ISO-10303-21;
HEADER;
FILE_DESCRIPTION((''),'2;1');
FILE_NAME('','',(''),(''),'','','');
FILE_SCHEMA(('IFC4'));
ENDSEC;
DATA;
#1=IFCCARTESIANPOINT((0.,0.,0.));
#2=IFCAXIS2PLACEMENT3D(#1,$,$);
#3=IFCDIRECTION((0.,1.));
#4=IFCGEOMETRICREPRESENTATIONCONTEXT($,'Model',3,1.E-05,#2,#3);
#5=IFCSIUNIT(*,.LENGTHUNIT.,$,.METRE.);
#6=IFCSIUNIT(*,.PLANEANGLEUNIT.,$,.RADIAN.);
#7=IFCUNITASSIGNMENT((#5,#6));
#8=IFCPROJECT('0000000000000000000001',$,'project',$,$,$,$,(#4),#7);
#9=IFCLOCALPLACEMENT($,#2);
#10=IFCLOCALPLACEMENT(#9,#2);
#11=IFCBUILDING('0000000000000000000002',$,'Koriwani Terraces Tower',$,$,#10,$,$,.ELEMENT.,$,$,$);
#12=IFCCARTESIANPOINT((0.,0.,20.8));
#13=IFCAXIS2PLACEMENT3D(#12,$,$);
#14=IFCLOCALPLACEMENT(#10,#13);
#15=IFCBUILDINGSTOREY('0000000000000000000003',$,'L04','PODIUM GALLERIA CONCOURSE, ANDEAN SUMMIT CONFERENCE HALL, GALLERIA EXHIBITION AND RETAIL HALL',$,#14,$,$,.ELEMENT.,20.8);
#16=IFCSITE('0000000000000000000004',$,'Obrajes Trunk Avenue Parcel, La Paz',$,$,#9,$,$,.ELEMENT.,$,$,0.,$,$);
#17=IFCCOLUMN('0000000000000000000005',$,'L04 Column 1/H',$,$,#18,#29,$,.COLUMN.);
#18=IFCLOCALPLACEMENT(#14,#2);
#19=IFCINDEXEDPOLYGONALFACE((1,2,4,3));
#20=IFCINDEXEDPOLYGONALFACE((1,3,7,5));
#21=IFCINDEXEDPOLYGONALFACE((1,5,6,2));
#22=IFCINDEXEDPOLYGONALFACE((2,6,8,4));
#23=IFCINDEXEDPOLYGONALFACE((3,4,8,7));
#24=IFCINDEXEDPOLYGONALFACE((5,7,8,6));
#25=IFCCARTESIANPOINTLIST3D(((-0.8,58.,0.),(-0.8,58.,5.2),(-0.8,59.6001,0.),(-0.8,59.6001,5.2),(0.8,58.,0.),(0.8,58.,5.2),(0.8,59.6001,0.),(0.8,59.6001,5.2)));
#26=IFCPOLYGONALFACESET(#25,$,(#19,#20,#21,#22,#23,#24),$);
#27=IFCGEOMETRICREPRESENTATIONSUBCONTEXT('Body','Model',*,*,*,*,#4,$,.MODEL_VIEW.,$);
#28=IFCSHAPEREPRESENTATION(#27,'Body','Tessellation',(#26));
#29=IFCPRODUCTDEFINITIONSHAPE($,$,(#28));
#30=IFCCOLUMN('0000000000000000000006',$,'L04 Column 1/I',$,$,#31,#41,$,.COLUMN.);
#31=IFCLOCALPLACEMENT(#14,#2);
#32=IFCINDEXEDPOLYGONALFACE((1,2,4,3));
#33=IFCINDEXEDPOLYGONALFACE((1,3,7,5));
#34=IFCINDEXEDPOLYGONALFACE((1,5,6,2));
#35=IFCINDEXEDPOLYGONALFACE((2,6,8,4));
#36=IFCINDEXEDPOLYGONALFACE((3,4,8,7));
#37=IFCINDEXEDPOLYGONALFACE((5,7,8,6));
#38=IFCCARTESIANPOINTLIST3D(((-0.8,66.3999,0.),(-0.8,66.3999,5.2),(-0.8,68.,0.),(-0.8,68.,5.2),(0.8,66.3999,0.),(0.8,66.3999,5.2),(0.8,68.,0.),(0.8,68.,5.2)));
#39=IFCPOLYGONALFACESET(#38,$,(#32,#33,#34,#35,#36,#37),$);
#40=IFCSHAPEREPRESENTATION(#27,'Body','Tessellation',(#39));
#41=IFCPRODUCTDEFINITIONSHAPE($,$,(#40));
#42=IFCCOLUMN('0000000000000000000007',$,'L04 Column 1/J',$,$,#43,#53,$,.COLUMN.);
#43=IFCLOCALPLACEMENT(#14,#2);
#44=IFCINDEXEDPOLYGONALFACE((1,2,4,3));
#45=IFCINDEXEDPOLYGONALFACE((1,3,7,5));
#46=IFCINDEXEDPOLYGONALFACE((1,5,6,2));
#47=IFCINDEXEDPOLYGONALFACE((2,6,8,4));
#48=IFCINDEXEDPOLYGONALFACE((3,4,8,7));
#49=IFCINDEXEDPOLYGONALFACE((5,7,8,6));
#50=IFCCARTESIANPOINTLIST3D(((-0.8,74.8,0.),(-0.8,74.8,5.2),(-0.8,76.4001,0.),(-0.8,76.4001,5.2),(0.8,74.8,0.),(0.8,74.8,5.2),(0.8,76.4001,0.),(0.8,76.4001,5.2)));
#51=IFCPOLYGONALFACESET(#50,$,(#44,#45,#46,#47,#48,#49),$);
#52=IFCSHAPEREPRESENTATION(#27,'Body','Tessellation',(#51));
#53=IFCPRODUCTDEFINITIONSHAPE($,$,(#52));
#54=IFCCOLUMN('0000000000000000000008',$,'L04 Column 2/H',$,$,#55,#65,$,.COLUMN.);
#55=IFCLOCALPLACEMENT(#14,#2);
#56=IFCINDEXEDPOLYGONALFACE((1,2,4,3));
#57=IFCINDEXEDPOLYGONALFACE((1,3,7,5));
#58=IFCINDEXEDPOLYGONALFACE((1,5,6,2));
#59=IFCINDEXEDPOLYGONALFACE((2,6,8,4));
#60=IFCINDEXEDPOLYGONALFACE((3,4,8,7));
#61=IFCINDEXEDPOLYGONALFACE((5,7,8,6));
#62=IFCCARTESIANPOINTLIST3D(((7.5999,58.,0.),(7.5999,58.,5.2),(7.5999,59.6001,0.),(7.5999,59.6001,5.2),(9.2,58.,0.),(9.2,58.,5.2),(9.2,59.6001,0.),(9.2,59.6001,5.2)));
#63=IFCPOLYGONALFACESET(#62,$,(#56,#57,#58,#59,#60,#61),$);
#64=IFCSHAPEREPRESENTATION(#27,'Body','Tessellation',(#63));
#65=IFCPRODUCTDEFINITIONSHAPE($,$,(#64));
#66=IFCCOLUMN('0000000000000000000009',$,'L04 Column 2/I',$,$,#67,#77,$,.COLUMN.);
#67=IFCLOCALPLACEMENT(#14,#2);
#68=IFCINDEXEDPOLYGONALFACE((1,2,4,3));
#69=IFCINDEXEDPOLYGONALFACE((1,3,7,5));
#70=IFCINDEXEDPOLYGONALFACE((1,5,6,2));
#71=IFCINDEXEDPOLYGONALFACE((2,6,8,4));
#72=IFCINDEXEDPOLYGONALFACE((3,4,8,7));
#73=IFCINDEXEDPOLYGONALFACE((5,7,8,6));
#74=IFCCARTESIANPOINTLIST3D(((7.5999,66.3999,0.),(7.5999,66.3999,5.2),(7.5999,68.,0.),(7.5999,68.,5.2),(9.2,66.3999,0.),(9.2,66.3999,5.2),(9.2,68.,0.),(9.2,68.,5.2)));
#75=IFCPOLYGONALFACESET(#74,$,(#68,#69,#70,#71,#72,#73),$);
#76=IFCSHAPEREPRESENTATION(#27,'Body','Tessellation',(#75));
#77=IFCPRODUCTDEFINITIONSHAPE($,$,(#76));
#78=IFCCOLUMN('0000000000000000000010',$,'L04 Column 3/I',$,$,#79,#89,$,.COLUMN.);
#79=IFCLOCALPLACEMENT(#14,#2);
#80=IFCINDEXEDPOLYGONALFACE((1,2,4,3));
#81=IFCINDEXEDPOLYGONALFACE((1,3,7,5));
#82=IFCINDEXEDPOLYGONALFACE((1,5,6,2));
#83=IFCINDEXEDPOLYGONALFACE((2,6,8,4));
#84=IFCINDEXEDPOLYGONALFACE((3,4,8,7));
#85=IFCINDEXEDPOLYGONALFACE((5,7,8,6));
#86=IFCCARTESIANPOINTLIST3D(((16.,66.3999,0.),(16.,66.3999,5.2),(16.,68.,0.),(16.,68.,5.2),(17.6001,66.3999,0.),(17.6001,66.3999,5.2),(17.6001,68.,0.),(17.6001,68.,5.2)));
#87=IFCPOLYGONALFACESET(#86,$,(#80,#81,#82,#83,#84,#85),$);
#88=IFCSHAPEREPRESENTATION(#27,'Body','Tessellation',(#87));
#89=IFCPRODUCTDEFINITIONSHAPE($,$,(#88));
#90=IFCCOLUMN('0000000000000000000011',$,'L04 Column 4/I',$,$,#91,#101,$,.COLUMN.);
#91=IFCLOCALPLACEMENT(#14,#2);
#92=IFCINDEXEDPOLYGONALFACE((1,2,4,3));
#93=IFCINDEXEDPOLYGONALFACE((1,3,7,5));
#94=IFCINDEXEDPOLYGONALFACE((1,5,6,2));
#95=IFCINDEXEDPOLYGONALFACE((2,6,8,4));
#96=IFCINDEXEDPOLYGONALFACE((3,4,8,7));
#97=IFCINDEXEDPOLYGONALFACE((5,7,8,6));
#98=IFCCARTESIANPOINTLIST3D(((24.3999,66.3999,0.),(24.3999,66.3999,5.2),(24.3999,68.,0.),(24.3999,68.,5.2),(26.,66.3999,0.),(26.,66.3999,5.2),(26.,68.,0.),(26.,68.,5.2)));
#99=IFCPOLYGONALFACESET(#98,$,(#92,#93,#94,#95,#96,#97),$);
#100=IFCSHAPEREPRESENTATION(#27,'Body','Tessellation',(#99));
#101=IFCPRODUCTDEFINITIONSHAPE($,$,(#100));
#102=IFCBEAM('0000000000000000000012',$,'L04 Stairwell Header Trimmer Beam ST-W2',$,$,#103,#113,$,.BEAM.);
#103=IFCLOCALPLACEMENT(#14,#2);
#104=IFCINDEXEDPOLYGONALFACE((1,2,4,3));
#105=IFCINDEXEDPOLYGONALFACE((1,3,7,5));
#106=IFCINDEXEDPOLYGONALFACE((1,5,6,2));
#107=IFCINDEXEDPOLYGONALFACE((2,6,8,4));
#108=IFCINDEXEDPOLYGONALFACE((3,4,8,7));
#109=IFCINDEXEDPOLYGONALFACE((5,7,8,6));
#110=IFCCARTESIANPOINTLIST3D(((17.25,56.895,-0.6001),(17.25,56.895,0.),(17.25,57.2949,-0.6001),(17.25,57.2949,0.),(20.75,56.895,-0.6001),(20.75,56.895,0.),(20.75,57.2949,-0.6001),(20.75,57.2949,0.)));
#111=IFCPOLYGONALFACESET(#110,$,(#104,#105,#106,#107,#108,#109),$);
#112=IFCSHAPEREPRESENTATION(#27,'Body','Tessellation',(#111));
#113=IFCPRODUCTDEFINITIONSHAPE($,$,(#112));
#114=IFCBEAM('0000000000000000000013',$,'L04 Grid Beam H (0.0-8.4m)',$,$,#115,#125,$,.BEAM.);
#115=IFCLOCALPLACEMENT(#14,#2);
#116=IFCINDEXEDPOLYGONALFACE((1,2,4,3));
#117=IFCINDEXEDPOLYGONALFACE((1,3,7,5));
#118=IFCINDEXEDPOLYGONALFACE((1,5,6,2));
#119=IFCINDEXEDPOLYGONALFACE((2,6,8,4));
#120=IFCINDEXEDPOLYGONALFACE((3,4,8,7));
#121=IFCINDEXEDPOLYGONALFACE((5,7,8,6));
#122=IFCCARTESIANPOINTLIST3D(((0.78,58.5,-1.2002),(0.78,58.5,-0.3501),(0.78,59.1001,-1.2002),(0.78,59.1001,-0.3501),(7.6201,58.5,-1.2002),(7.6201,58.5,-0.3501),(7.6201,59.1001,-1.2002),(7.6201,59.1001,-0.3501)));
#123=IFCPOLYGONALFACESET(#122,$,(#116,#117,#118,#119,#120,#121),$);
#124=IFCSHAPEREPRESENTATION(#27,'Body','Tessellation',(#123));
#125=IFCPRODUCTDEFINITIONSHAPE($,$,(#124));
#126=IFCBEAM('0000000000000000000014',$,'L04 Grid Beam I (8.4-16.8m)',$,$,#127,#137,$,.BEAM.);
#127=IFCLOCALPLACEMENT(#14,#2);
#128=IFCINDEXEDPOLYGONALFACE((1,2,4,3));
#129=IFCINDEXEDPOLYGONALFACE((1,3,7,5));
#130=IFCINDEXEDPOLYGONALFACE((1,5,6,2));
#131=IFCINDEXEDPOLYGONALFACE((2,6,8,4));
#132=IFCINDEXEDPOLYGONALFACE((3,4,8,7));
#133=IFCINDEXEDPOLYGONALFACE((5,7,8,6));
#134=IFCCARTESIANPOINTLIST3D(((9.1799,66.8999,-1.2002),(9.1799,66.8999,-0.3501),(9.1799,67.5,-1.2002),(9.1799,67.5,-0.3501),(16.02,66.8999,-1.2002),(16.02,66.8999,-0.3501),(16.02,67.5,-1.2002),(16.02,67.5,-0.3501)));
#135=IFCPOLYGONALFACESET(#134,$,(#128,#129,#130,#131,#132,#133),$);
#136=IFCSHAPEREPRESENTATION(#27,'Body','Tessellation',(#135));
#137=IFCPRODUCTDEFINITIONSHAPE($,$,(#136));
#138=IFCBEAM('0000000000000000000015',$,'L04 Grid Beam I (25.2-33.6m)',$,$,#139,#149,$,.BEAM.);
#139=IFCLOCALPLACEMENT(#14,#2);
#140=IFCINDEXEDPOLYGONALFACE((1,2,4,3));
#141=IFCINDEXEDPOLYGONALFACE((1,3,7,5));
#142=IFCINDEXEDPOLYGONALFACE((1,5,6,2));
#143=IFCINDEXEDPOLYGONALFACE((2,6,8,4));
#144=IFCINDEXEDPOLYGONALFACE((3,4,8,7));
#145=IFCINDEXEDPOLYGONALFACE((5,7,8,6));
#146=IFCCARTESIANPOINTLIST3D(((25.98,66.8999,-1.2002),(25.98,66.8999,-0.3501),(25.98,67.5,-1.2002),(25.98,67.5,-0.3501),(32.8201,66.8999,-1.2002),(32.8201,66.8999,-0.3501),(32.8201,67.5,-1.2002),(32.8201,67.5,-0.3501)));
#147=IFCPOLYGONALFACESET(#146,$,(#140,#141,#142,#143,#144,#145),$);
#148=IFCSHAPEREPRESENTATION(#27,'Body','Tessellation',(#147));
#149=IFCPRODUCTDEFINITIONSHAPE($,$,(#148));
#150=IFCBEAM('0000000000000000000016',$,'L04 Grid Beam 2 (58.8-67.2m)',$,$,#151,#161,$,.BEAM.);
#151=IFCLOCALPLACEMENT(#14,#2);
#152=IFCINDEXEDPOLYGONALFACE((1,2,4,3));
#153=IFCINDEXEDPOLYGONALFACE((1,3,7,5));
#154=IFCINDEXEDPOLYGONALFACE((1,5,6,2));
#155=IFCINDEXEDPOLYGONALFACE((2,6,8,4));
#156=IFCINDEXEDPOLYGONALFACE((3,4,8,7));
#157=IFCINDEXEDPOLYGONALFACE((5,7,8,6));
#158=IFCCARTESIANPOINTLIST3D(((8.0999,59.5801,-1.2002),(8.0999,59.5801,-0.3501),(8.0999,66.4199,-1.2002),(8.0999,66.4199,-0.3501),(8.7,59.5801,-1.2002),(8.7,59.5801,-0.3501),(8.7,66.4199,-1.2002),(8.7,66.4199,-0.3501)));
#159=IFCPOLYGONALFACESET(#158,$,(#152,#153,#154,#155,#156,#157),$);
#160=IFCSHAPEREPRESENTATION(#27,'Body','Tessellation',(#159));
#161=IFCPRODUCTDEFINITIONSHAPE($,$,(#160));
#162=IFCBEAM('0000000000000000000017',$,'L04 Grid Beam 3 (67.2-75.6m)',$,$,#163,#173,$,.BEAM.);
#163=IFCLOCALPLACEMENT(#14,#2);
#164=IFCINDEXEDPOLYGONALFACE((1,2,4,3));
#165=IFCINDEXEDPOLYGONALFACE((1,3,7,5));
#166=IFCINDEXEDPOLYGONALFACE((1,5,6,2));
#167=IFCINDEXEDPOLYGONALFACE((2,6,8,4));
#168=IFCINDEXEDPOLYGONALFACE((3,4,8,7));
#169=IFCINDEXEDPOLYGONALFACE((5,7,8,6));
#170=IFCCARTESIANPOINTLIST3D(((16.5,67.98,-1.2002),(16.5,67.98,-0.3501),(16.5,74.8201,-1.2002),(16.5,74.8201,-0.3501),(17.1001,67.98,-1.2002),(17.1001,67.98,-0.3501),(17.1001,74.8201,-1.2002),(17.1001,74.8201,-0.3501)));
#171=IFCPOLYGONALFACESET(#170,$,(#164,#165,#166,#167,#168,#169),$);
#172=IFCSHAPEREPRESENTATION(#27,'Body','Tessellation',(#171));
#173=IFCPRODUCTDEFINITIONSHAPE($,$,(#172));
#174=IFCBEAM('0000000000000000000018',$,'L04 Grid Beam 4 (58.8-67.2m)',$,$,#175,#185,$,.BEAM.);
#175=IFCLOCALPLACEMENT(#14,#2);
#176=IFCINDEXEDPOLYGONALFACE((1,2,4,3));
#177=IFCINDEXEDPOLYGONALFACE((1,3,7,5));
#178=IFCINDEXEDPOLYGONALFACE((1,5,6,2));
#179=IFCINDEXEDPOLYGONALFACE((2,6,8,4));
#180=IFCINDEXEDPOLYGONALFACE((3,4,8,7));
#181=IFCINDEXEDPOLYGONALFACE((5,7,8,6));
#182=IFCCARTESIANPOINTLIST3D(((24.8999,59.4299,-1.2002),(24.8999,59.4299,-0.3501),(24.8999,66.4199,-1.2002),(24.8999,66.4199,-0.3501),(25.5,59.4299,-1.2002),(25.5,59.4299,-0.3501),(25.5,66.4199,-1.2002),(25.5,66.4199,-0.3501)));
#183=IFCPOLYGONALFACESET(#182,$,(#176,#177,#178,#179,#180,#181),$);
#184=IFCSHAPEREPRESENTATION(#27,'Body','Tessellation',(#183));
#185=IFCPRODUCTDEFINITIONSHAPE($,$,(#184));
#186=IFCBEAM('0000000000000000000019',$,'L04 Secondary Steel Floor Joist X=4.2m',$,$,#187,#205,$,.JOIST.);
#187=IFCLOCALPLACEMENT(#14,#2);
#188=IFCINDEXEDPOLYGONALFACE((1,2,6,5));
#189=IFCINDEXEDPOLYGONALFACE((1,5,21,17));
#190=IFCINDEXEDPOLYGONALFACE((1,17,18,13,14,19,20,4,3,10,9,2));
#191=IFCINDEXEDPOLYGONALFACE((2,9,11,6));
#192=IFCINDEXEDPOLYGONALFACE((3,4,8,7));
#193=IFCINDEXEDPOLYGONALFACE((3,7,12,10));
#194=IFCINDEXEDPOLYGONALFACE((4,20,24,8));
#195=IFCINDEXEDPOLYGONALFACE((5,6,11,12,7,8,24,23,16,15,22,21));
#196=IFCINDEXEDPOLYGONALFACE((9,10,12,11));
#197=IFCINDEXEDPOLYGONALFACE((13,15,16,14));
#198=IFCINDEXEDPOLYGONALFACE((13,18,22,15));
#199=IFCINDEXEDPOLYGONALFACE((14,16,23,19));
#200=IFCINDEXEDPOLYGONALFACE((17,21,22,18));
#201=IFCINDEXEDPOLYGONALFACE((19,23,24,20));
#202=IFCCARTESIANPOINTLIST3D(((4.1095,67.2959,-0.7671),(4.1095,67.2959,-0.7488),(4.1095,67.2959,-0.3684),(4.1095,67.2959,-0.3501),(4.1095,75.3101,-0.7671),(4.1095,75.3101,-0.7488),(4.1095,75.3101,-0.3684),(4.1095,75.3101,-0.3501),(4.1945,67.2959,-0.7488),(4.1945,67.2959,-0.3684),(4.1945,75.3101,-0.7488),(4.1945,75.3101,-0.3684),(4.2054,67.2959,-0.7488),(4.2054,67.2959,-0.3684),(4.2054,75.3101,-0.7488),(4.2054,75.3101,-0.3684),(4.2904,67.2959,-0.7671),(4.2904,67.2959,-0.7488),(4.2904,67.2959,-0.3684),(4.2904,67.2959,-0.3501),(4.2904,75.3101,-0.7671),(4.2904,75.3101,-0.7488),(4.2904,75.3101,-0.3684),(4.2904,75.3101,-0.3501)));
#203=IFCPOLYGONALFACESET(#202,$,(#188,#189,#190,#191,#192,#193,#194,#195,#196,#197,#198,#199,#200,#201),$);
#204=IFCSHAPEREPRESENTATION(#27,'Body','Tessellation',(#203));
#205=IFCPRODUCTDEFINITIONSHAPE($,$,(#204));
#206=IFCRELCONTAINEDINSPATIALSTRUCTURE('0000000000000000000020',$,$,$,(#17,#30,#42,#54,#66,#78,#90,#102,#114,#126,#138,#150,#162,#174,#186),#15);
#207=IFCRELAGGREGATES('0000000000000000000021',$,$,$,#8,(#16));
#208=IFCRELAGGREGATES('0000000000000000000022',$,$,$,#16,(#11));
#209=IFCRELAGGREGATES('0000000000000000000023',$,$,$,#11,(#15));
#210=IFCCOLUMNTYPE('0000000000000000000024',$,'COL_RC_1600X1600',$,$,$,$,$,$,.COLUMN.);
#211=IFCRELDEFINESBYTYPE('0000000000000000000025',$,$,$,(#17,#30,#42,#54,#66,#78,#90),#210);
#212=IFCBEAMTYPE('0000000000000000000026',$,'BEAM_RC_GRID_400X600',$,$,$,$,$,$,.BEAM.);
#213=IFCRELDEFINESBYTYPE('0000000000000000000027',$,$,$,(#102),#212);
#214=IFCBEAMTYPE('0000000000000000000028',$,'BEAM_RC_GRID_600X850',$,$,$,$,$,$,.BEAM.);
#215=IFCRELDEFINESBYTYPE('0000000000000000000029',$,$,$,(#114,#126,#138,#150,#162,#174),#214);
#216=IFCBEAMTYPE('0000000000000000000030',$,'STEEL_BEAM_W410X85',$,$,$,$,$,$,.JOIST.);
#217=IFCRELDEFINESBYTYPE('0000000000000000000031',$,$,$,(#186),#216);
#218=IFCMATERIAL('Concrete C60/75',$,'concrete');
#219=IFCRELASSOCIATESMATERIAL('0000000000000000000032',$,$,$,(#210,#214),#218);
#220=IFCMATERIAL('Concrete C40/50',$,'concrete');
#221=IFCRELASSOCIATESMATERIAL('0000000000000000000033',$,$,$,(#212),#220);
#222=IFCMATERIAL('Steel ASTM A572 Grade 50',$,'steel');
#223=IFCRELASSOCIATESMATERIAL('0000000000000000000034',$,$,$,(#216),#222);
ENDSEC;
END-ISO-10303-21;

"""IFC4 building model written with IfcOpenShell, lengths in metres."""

from ifc_helpers import new_model, si_unit, direction, frame, origin, origin_2d, place, context, subcontext, project, spatial, rectangle, i_section, extrude, material, material_profile, profile_set, type_object, element, save


model = new_model("IFC4")

# Units and contexts
model_context = context("Model", 3, precision=1e-05, world=origin(), true_north=direction((0.0, 1.0)))
body_context = subcontext(model_context, "Body", "Model", "MODEL_VIEW")
ifc_project = project(units=[si_unit("LENGTHUNIT", "METRE"), si_unit("PLANEANGLEUNIT", "RADIAN")], contexts=[model_context])

# Site, building, storey
site_placement = place(None, origin())
site = spatial("IfcSite", under=ifc_project, at=site_placement, Name="Obrajes Trunk Avenue Parcel, La Paz", CompositionType="ELEMENT", RefElevation=0.0)
building_placement = place(site_placement, origin())
building = spatial("IfcBuilding", under=site, at=building_placement, Name="Koriwani Terraces Tower", CompositionType="ELEMENT")
storey_placement = place(building_placement, frame((0.0, 0.0, 20.8)))
storey = spatial("IfcBuildingStorey", under=building, at=storey_placement, Name="L04", Description="PODIUM GALLERIA CONCOURSE, ANDEAN SUMMIT CONFERENCE HALL, GALLERIA EXHIBITION AND RETAIL HALL", CompositionType="ELEMENT", Elevation=20.8)

# Columns
ifc_material_1 = material(Name="Concrete C60/75", Category="concrete")
ifc_material_profile_1 = material_profile(ifc_material_1, rectangle(XDim=1.6001, YDim=1.6001, at=origin_2d()), Name="Concrete C60/75", Category="LoadBearing")
ifc_profile_set_1 = profile_set([ifc_material_profile_1], Name="Concrete C60/75")
column_type = type_object("IfcColumnType", Name="COL_RC_1600X1600", PredefinedType="COLUMN", material=ifc_profile_set_1)
for number, where, z_axis, x_axis, name in (
    (1, (0.0, 58.8, 0.0), (0.0, 0.0, 1.0), (1.0, 0.0, 0.0), "L04 Column 1/H"),
    (2, (0.0, 67.2, 0.0), (0.0, 0.0, 1.0), (1.0, 0.0, 0.0), "L04 Column 1/I"),
    (3, (0.0, 75.6001, 0.0), (0.0, 0.0, 1.0), (1.0, 0.0, 0.0), "L04 Column 1/J"),
    (4, (8.3999, 58.8, 0.0), (0.0, 0.0, 1.0), (1.0, 0.0, 0.0), "L04 Column 2/H"),
    (5, (8.3999, 67.2, 0.0), (0.0, 0.0, 1.0), (1.0, 0.0, 0.0), "L04 Column 2/I"),
    (6, (16.8, 67.2, 0.0), (0.0, 0.0, 1.0), (1.0, 0.0, 0.0), "L04 Column 3/I"),
    (7, (25.2, 67.2, 0.0), (0.0, 0.0, 1.0), (1.0, 0.0, 0.0), "L04 Column 4/I"),
):
    element("IfcColumn", number, at=place(storey_placement, frame(where, z_axis=z_axis, x_axis=x_axis)), inside=storey, type_object=column_type, Name=name, PredefinedType="COLUMN", context=body_context, shape_type="SweptSolid", body=[
        extrude(rectangle(XDim=1.6001, YDim=1.6001, at=origin_2d()), origin(), (0.0, 0.0, 1.0), 5.2),
    ])

# Beams
ifc_material_2 = material(Name="Concrete C40/50", Category="concrete")
ifc_material_profile_2 = material_profile(ifc_material_2, rectangle(XDim=0.3999, YDim=0.6001, at=origin_2d()), Name="Concrete C40/50", Category="LoadBearing")
ifc_profile_set_2 = profile_set([ifc_material_profile_2], Name="Concrete C40/50")
beam_type_1 = type_object("IfcBeamType", Name="BEAM_RC_GRID_400X600", PredefinedType="BEAM", material=ifc_profile_set_2)
beam_1_placement = place(storey_placement, frame((17.25, 57.095, -0.3), z_axis=(1.0, 0.0, 0.0), x_axis=(0.0, 1.0, 0.0)))
element("IfcBeam", 8, at=beam_1_placement, inside=storey, type_object=beam_type_1, Name="L04 Stairwell Header Trimmer Beam ST-W2", PredefinedType="BEAM", context=body_context, shape_type="SweptSolid", body=[
    extrude(rectangle(XDim=0.3999, YDim=0.6001, at=origin_2d()), origin(), (0.0, 0.0, 1.0), 3.5),
])
ifc_material_profile_3 = material_profile(ifc_material_1, rectangle(XDim=0.6001, YDim=0.8501, at=origin_2d()), Name="Concrete C60/75", Category="LoadBearing")
ifc_profile_set_3 = profile_set([ifc_material_profile_3], Name="Concrete C60/75")
beam_type_2 = type_object("IfcBeamType", Name="BEAM_RC_GRID_600X850", PredefinedType="BEAM", material=ifc_profile_set_3)
for number, where, z_axis, x_axis, name in (
    (9, (0.78, 58.8, -0.7751), (1.0, 0.0, 0.0), (0.0, 1.0, 0.0), "L04 Grid Beam H (0.0-8.4m)"),
    (10, (9.1799, 67.2, -0.7751), (1.0, 0.0, 0.0), (0.0, 1.0, 0.0), "L04 Grid Beam I (8.4-16.8m)"),
    (11, (25.98, 67.2, -0.7751), (1.0, 0.0, 0.0), (0.0, 1.0, 0.0), "L04 Grid Beam I (25.2-33.6m)"),
):
    element("IfcBeam", number, at=place(storey_placement, frame(where, z_axis=z_axis, x_axis=x_axis)), inside=storey, type_object=beam_type_2, Name=name, PredefinedType="BEAM", context=body_context, shape_type="SweptSolid", body=[
        extrude(rectangle(XDim=0.6001, YDim=0.8501, at=origin_2d()), origin(), (0.0, 0.0, 1.0), 6.8401),
    ])
beam_2_placement = place(storey_placement, frame((8.3999, 59.5801, -0.7751), z_axis=(0.0, 1.0, 0.0), x_axis=(-1.0, 0.0, 0.0)))
element("IfcBeam", 12, at=beam_2_placement, inside=storey, type_object=beam_type_2, Name="L04 Grid Beam 2 (58.8-67.2m)", PredefinedType="BEAM", context=body_context, shape_type="SweptSolid", body=[
    extrude(rectangle(XDim=0.6001, YDim=0.8501, at=origin_2d()), origin(), (0.0, 0.0, 1.0), 6.8398),
])
beam_3_placement = place(storey_placement, frame((16.8, 67.98, -0.7751), z_axis=(0.0, 1.0, 0.0), x_axis=(-1.0, 0.0, 0.0)))
element("IfcBeam", 13, at=beam_3_placement, inside=storey, type_object=beam_type_2, Name="L04 Grid Beam 3 (67.2-75.6m)", PredefinedType="BEAM", context=body_context, shape_type="SweptSolid", body=[
    extrude(rectangle(XDim=0.6001, YDim=0.8501, at=origin_2d()), origin(), (0.0, 0.0, 1.0), 6.8401),
])
beam_4_placement = place(storey_placement, frame((25.2, 59.4299, -0.7751), z_axis=(0.0, 1.0, 0.0), x_axis=(-1.0, 0.0, 0.0)))
element("IfcBeam", 14, at=beam_4_placement, inside=storey, type_object=beam_type_2, Name="L04 Grid Beam 4 (58.8-67.2m)", PredefinedType="BEAM", context=body_context, shape_type="SweptSolid", body=[
    extrude(rectangle(XDim=0.6001, YDim=0.8501, at=origin_2d()), origin(), (0.0, 0.0, 1.0), 6.99),
])
ifc_material_3 = material(Name="Steel ASTM A572 Grade 50", Category="steel")
ifc_material_profile_4 = material_profile(ifc_material_3, i_section(OverallWidth=0.1809, OverallDepth=0.417, WebThickness=0.011, FlangeThickness=0.0183, at=origin_2d()), Name="Steel ASTM A572 Grade 50", Category="LoadBearing")
ifc_profile_set_4 = profile_set([ifc_material_profile_4], Name="Steel ASTM A572 Grade 50")
beam_type_3 = type_object("IfcBeamType", Name="STEEL_BEAM_W410X85", PredefinedType="JOIST", material=ifc_profile_set_4)
beam_5_placement = place(storey_placement, frame((4.2, 67.2959, -0.5586), z_axis=(0.0, 1.0, 0.0), x_axis=(-1.0, 0.0, 0.0)))
element("IfcBeam", 15, at=beam_5_placement, inside=storey, type_object=beam_type_3, Name="L04 Secondary Steel Floor Joist X=4.2m", PredefinedType="JOIST", context=body_context, shape_type="SweptSolid", body=[
    extrude(i_section(OverallWidth=0.1809, OverallDepth=0.417, WebThickness=0.011, FlangeThickness=0.0183, at=origin_2d()), origin(), (0.0, 0.0, 1.0), 8.0142),
])

save(model, "model.ifc")
